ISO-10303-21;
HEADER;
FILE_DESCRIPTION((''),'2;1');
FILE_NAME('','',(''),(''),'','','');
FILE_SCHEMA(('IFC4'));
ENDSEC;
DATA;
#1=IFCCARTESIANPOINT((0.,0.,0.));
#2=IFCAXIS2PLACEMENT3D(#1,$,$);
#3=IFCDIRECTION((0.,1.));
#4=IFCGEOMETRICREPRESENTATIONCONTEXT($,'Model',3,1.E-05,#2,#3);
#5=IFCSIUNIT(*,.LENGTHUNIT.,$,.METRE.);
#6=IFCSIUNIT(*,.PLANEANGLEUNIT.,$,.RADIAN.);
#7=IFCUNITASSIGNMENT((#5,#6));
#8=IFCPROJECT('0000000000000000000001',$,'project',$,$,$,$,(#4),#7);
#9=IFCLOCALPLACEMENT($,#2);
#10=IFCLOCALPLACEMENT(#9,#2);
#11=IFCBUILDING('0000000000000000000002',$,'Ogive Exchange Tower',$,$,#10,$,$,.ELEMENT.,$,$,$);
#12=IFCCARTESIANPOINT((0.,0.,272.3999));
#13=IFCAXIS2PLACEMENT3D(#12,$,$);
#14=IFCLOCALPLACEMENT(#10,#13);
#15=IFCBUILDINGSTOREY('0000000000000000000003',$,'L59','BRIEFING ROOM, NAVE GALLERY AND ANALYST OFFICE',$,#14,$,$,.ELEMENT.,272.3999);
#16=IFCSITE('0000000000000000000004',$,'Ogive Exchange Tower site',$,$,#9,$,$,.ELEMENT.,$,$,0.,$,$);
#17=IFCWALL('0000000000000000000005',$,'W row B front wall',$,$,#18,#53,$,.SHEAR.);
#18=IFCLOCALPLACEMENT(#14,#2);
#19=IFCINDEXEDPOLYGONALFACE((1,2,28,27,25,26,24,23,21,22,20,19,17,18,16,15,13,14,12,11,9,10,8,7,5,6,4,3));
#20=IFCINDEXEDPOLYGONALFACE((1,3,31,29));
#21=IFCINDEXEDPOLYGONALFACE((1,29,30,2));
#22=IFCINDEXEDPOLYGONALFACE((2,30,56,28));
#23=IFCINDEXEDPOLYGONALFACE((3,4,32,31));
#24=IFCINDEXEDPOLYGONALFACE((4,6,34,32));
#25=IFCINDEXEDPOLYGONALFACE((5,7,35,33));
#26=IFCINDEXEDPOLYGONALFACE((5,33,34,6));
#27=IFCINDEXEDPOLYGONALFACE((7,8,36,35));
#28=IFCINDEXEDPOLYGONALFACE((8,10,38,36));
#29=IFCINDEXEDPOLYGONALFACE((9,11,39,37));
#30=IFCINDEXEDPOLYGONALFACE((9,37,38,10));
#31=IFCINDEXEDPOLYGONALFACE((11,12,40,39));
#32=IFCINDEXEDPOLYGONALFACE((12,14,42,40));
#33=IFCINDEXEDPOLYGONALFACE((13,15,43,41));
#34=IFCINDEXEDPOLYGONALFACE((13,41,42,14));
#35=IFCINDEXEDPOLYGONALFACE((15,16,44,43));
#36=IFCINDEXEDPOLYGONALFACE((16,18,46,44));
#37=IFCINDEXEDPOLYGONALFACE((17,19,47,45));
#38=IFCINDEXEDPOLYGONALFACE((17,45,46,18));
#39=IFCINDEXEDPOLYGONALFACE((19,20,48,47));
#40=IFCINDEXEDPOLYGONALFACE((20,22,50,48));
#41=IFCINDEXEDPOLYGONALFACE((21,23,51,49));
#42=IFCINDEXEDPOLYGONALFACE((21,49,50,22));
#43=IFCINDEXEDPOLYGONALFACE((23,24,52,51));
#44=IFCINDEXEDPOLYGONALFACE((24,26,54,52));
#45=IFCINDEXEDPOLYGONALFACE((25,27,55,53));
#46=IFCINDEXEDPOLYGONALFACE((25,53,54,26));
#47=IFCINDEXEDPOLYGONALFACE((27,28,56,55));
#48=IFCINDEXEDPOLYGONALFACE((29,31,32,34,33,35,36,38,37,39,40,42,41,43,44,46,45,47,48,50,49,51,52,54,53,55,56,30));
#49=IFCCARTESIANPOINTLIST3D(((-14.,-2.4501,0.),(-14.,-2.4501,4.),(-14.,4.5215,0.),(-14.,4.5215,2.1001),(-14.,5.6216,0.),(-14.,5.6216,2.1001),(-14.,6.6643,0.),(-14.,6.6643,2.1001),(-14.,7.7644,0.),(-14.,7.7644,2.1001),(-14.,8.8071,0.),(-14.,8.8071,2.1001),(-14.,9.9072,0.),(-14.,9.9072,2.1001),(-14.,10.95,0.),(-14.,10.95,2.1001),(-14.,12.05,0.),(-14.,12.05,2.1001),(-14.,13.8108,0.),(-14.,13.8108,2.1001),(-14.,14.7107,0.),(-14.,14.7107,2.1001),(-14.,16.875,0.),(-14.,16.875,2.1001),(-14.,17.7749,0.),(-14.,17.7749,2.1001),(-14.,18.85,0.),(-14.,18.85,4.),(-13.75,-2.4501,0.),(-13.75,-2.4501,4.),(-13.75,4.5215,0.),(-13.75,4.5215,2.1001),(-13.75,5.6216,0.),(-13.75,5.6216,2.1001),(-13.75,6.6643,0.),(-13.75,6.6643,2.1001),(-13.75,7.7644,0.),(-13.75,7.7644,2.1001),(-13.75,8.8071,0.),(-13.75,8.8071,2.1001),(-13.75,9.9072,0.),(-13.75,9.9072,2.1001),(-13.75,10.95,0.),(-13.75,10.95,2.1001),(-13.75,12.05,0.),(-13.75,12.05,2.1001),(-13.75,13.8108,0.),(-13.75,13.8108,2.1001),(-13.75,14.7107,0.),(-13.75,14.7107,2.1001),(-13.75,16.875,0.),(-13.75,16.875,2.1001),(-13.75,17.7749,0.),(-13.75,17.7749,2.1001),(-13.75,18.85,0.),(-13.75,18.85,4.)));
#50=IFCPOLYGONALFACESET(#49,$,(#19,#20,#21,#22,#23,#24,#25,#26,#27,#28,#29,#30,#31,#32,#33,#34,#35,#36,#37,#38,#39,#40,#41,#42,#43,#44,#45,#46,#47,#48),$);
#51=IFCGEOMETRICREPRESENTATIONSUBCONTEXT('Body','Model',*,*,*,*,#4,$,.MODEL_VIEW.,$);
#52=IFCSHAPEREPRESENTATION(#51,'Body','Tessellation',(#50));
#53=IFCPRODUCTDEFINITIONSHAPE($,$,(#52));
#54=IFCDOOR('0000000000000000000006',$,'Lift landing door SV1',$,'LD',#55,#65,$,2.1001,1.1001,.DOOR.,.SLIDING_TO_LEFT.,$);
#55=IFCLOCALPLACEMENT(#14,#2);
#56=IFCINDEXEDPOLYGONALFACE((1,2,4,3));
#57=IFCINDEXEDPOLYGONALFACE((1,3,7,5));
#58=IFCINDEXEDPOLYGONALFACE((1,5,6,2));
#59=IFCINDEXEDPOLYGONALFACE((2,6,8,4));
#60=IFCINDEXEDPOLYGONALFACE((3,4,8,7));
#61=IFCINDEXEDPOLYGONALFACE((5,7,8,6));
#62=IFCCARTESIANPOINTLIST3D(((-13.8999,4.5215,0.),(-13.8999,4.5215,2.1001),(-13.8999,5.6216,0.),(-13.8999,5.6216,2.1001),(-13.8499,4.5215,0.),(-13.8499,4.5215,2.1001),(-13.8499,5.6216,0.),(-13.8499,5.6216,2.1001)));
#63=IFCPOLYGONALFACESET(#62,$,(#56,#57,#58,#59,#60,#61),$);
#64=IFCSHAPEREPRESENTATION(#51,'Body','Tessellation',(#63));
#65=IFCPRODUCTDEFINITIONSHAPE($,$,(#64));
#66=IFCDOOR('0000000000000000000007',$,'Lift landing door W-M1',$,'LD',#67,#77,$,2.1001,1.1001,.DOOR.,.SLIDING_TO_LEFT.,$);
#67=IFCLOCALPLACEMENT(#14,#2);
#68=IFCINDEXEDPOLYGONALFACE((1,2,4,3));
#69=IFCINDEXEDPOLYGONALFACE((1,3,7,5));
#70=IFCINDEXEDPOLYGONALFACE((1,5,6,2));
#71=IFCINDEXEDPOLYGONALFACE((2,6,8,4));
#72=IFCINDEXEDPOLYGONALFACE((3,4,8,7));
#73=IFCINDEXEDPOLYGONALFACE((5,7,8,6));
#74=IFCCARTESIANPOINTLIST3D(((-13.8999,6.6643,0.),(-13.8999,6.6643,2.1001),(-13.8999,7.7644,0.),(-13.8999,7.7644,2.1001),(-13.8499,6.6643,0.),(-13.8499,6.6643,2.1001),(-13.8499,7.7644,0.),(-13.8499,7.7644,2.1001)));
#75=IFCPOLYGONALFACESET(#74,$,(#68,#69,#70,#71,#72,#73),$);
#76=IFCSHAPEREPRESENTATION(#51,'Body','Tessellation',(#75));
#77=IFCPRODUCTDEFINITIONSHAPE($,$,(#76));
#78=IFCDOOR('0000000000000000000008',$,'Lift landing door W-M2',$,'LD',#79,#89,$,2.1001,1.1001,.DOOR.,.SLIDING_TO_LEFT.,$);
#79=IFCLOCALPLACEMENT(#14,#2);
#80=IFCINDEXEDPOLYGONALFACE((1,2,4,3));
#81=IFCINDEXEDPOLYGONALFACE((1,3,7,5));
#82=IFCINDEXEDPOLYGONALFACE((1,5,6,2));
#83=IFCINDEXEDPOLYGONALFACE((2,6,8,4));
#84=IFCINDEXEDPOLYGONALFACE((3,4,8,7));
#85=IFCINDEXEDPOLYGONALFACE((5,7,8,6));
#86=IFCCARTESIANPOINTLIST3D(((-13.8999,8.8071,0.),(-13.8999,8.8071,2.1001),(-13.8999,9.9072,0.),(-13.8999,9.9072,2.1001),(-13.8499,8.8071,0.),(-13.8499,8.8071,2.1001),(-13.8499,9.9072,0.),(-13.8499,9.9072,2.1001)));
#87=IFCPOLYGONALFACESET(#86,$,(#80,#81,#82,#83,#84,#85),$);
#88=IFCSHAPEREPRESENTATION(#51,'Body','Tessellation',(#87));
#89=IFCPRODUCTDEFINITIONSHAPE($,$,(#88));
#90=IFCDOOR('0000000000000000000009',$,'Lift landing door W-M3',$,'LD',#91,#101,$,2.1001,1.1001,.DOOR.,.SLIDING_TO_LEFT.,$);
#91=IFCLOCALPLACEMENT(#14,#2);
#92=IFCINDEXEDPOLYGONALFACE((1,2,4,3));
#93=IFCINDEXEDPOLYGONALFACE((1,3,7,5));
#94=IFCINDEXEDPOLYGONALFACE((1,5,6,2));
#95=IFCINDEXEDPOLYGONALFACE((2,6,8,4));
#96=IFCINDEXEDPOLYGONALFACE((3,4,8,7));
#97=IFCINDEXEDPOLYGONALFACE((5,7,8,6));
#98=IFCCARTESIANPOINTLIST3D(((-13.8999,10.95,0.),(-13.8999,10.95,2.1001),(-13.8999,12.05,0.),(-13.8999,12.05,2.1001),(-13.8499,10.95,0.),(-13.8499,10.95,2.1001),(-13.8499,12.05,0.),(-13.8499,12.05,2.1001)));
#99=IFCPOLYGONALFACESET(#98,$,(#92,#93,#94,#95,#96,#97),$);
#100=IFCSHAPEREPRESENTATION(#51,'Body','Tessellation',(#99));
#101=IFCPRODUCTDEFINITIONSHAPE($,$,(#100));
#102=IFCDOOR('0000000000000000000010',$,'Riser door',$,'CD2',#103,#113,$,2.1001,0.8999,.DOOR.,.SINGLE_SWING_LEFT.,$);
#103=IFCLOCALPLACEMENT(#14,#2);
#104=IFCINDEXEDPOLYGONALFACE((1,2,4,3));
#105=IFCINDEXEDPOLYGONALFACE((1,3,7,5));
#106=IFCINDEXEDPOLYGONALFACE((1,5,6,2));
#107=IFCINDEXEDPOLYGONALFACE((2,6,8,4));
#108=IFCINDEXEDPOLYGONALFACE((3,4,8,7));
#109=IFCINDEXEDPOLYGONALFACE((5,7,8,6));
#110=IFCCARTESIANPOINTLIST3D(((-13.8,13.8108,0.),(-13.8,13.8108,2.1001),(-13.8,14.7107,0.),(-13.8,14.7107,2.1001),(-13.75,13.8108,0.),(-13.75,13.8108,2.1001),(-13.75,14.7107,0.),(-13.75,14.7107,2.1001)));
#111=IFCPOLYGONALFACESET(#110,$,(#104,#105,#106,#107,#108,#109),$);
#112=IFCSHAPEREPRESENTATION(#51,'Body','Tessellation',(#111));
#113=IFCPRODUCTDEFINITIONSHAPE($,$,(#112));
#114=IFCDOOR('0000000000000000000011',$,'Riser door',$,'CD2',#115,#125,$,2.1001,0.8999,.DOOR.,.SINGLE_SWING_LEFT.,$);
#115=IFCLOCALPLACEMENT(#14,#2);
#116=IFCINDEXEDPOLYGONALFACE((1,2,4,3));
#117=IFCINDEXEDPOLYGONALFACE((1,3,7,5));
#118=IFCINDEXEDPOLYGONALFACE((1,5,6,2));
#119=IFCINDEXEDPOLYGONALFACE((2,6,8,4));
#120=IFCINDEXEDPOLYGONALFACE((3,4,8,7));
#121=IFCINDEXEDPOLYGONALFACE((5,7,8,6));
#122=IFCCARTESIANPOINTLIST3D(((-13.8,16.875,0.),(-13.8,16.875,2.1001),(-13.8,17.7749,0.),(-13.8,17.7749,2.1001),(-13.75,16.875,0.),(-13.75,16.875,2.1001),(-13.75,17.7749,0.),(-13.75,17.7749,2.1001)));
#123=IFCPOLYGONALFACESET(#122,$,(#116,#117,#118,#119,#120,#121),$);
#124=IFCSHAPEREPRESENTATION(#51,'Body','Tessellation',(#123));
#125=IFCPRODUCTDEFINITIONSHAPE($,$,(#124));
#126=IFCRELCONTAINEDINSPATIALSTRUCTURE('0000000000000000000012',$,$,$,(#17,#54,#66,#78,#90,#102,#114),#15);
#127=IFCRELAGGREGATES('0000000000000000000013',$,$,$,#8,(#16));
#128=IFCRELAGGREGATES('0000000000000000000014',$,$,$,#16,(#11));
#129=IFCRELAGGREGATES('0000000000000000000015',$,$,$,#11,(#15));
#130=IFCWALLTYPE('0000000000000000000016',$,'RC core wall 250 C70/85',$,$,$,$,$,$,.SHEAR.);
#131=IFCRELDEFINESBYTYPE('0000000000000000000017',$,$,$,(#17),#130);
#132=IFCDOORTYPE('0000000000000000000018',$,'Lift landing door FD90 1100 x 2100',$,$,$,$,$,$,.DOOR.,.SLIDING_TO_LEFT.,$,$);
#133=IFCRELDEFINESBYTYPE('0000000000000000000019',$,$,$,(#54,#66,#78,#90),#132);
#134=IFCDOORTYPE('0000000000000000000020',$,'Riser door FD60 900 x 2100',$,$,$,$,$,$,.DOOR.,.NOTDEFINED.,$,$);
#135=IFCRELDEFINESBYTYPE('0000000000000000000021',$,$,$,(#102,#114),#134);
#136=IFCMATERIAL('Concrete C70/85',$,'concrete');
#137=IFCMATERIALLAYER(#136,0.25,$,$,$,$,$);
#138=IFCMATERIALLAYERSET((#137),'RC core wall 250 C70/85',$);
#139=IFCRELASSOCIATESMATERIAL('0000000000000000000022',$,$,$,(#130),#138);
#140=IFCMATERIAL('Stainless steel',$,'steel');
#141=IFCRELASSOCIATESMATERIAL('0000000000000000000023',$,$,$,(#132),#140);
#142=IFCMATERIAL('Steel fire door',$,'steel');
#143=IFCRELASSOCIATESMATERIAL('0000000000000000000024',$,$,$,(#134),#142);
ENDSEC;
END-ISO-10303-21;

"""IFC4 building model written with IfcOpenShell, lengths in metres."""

from ifc_helpers import new_model, si_unit, direction, frame, frame_2d, origin, place, context, subcontext, project, spatial, rectangle, extrude, material, layer, layer_set, type_object, element, fill, save


model = new_model("IFC4")

# Units and contexts
model_context = context("Model", 3, precision=1e-05, world=origin(), true_north=direction((0.0, 1.0)))
body_context = subcontext(model_context, "Body", "Model", "MODEL_VIEW")
ifc_project = project(units=[si_unit("LENGTHUNIT", "METRE"), si_unit("PLANEANGLEUNIT", "RADIAN")], contexts=[model_context])

# Site, building, storey
site_placement = place(None, origin())
site = spatial("IfcSite", under=ifc_project, at=site_placement, Name="Ogive Exchange Tower site", CompositionType="ELEMENT", RefElevation=0.0)
building_placement = place(site_placement, origin())
building = spatial("IfcBuilding", under=site, at=building_placement, Name="Ogive Exchange Tower", CompositionType="ELEMENT")
storey_placement = place(building_placement, frame((0.0, 0.0, 272.3999)))
storey = spatial("IfcBuildingStorey", under=building, at=storey_placement, Name="L59", Description="BRIEFING ROOM, NAVE GALLERY AND ANALYST OFFICE", CompositionType="ELEMENT", Elevation=272.3999)

# Shared definitions
ifc_material_1 = material(Name="Concrete C70/85", Category="concrete")
ifc_layer_1 = layer(ifc_material_1, 0.25)
ifc_layer_set_1 = layer_set([ifc_layer_1], Name="RC core wall 250 C70/85")
wall_type_1 = type_object("IfcWallType", Name="RC core wall 250 C70/85", PredefinedType="SHEAR", material=ifc_layer_set_1)
ifc_material_2 = material(Name="Steel fire door", Category="steel")

# Wall, openings, doors
wall_1_placement = place(storey_placement, frame((-13.875, -2.45, 0.0), z_axis=(0.0, 0.0, 1.0), x_axis=(0.0, 1.0, 0.0)))
wall_1 = element("IfcWall", 1, at=wall_1_placement, inside=storey, type_object=wall_type_1, Name="W row B front wall", PredefinedType="SHEAR", context=body_context, shape_type="SweptSolid", body=[
    extrude(rectangle(XDim=21.3, YDim=0.25, at=frame_2d((10.6499, 0.0))), origin(), (0.0, 0.0, 1.0), 4.0),
])
opening_1_placement = place(wall_1_placement, frame((16.2607, 0.0, 0.0)))
opening_1 = element("IfcOpeningElement", 2, at=opening_1_placement, cuts=wall_1, PredefinedType="OPENING", context=body_context, shape_type="SweptSolid", body=[
    extrude(rectangle(XDim=0.8999, YDim=2.1001, at=frame_2d((0.45, 1.05))), frame((0.0, 0.135, 0.0), z_axis=(0.0, -1.0, 0.0), x_axis=(1.0, 0.0, 0.0)), (0.0, 0.0, 1.0), 0.27),
])
opening_2_placement = place(wall_1_placement, frame((19.325, 0.0, 0.0)))
opening_2 = element("IfcOpeningElement", 3, at=opening_2_placement, cuts=wall_1, PredefinedType="OPENING", context=body_context, shape_type="SweptSolid", body=[
    extrude(rectangle(XDim=0.8999, YDim=2.1001, at=frame_2d((0.45, 1.05))), frame((0.0, 0.135, 0.0), z_axis=(0.0, -1.0, 0.0), x_axis=(1.0, 0.0, 0.0)), (0.0, 0.0, 1.0), 0.27),
])
opening_3_placement = place(wall_1_placement, frame((6.9714, 0.0, 0.0)))
opening_3 = element("IfcOpeningElement", 4, at=opening_3_placement, cuts=wall_1, PredefinedType="OPENING", context=body_context, shape_type="SweptSolid", body=[
    extrude(rectangle(XDim=1.1001, YDim=2.1001, at=frame_2d((0.55, 1.05))), frame((0.0, 0.135, 0.0), z_axis=(0.0, -1.0, 0.0), x_axis=(1.0, 0.0, 0.0)), (0.0, 0.0, 1.0), 0.27),
])
opening_4_placement = place(wall_1_placement, frame((9.1143, 0.0, 0.0)))
opening_4 = element("IfcOpeningElement", 5, at=opening_4_placement, cuts=wall_1, PredefinedType="OPENING", context=body_context, shape_type="SweptSolid", body=[
    extrude(rectangle(XDim=1.1001, YDim=2.1001, at=frame_2d((0.55, 1.05))), frame((0.0, 0.135, 0.0), z_axis=(0.0, -1.0, 0.0), x_axis=(1.0, 0.0, 0.0)), (0.0, 0.0, 1.0), 0.27),
])
opening_5_placement = place(wall_1_placement, frame((11.2571, 0.0, 0.0)))
opening_5 = element("IfcOpeningElement", 6, at=opening_5_placement, cuts=wall_1, PredefinedType="OPENING", context=body_context, shape_type="SweptSolid", body=[
    extrude(rectangle(XDim=1.1001, YDim=2.1001, at=frame_2d((0.55, 1.05))), frame((0.0, 0.135, 0.0), z_axis=(0.0, -1.0, 0.0), x_axis=(1.0, 0.0, 0.0)), (0.0, 0.0, 1.0), 0.27),
])
opening_6_placement = place(wall_1_placement, frame((13.3999, 0.0, 0.0)))
opening_6 = element("IfcOpeningElement", 7, at=opening_6_placement, cuts=wall_1, PredefinedType="OPENING", context=body_context, shape_type="SweptSolid", body=[
    extrude(rectangle(XDim=1.1001, YDim=2.1001, at=frame_2d((0.55, 1.05))), frame((0.0, 0.135, 0.0), z_axis=(0.0, -1.0, 0.0), x_axis=(1.0, 0.0, 0.0)), (0.0, 0.0, 1.0), 0.27),
])
ifc_material_3 = material(Name="Stainless steel", Category="steel")
door_type_1 = type_object("IfcDoorType", Name="Lift landing door FD90 1100 x 2100", OperationType="SLIDING_TO_LEFT", PredefinedType="DOOR", material=ifc_material_3)
door_1_placement = place(opening_3_placement, origin())
door_1 = element("IfcDoor", 8, at=door_1_placement, inside=storey, type_object=door_type_1, Name="Lift landing door SV1", ObjectType="LD", OperationType="SLIDING_TO_LEFT", OverallHeight=2.1001, OverallWidth=1.1001, PredefinedType="DOOR", context=body_context, shape_type="SweptSolid", body=[
    extrude(rectangle(XDim=1.1001, YDim=2.1001, at=frame_2d((0.55, 1.05))), frame((0.0, 0.0249, 0.0), z_axis=(0.0, -1.0, 0.0), x_axis=(1.0, 0.0, 0.0)), (0.0, 0.0, 1.0), 0.05),
])
fill(opening_3, door_1)
door_2_placement = place(opening_4_placement, origin())
door_2 = element("IfcDoor", 9, at=door_2_placement, inside=storey, type_object=door_type_1, Name="Lift landing door W-M1", ObjectType="LD", OperationType="SLIDING_TO_LEFT", OverallHeight=2.1001, OverallWidth=1.1001, PredefinedType="DOOR", context=body_context, shape_type="SweptSolid", body=[
    extrude(rectangle(XDim=1.1001, YDim=2.1001, at=frame_2d((0.55, 1.05))), frame((0.0, 0.0249, 0.0), z_axis=(0.0, -1.0, 0.0), x_axis=(1.0, 0.0, 0.0)), (0.0, 0.0, 1.0), 0.05),
])
fill(opening_4, door_2)
door_3_placement = place(opening_5_placement, origin())
door_3 = element("IfcDoor", 10, at=door_3_placement, inside=storey, type_object=door_type_1, Name="Lift landing door W-M2", ObjectType="LD", OperationType="SLIDING_TO_LEFT", OverallHeight=2.1001, OverallWidth=1.1001, PredefinedType="DOOR", context=body_context, shape_type="SweptSolid", body=[
    extrude(rectangle(XDim=1.1001, YDim=2.1001, at=frame_2d((0.55, 1.05))), frame((0.0, 0.0249, 0.0), z_axis=(0.0, -1.0, 0.0), x_axis=(1.0, 0.0, 0.0)), (0.0, 0.0, 1.0), 0.05),
])
fill(opening_5, door_3)
door_4_placement = place(opening_6_placement, origin())
door_4 = element("IfcDoor", 11, at=door_4_placement, inside=storey, type_object=door_type_1, Name="Lift landing door W-M3", ObjectType="LD", OperationType="SLIDING_TO_LEFT", OverallHeight=2.1001, OverallWidth=1.1001, PredefinedType="DOOR", context=body_context, shape_type="SweptSolid", body=[
    extrude(rectangle(XDim=1.1001, YDim=2.1001, at=frame_2d((0.55, 1.05))), frame((0.0, 0.0249, 0.0), z_axis=(0.0, -1.0, 0.0), x_axis=(1.0, 0.0, 0.0)), (0.0, 0.0, 1.0), 0.05),
])
fill(opening_6, door_4)
door_type_2 = type_object("IfcDoorType", Name="Riser door FD60 900 x 2100", OperationType="NOTDEFINED", PredefinedType="DOOR", material=ifc_material_2)
door_5_placement = place(opening_1_placement, frame((0.8999, -0.2002, 0.0), z_axis=(0.0, 0.0, 1.0), x_axis=(-1.0, 0.0, 0.0)))
door_5 = element("IfcDoor", 12, at=door_5_placement, inside=storey, type_object=door_type_2, Name="Riser door", ObjectType="CD2", OperationType="SINGLE_SWING_LEFT", OverallHeight=2.1001, OverallWidth=0.8999, PredefinedType="DOOR", context=body_context, shape_type="SweptSolid", body=[
    extrude(rectangle(XDim=0.8999, YDim=2.1001, at=frame_2d((0.45, 1.05))), frame((0.0, -0.0752, 0.0), z_axis=(0.0, -1.0, 0.0), x_axis=(1.0, 0.0, 0.0)), (0.0, 0.0, 1.0), 0.05),
])
fill(opening_1, door_5)
door_6_placement = place(opening_2_placement, frame((0.8999, -0.2002, 0.0), z_axis=(0.0, 0.0, 1.0), x_axis=(-1.0, 0.0, 0.0)))
door_6 = element("IfcDoor", 13, at=door_6_placement, inside=storey, type_object=door_type_2, Name="Riser door", ObjectType="CD2", OperationType="SINGLE_SWING_LEFT", OverallHeight=2.1001, OverallWidth=0.8999, PredefinedType="DOOR", context=body_context, shape_type="SweptSolid", body=[
    extrude(rectangle(XDim=0.8999, YDim=2.1001, at=frame_2d((0.45, 1.05))), frame((0.0, -0.0752, 0.0), z_axis=(0.0, -1.0, 0.0), x_axis=(1.0, 0.0, 0.0)), (0.0, 0.0, 1.0), 0.05),
])
fill(opening_2, door_6)

save(model, "model.ifc")
